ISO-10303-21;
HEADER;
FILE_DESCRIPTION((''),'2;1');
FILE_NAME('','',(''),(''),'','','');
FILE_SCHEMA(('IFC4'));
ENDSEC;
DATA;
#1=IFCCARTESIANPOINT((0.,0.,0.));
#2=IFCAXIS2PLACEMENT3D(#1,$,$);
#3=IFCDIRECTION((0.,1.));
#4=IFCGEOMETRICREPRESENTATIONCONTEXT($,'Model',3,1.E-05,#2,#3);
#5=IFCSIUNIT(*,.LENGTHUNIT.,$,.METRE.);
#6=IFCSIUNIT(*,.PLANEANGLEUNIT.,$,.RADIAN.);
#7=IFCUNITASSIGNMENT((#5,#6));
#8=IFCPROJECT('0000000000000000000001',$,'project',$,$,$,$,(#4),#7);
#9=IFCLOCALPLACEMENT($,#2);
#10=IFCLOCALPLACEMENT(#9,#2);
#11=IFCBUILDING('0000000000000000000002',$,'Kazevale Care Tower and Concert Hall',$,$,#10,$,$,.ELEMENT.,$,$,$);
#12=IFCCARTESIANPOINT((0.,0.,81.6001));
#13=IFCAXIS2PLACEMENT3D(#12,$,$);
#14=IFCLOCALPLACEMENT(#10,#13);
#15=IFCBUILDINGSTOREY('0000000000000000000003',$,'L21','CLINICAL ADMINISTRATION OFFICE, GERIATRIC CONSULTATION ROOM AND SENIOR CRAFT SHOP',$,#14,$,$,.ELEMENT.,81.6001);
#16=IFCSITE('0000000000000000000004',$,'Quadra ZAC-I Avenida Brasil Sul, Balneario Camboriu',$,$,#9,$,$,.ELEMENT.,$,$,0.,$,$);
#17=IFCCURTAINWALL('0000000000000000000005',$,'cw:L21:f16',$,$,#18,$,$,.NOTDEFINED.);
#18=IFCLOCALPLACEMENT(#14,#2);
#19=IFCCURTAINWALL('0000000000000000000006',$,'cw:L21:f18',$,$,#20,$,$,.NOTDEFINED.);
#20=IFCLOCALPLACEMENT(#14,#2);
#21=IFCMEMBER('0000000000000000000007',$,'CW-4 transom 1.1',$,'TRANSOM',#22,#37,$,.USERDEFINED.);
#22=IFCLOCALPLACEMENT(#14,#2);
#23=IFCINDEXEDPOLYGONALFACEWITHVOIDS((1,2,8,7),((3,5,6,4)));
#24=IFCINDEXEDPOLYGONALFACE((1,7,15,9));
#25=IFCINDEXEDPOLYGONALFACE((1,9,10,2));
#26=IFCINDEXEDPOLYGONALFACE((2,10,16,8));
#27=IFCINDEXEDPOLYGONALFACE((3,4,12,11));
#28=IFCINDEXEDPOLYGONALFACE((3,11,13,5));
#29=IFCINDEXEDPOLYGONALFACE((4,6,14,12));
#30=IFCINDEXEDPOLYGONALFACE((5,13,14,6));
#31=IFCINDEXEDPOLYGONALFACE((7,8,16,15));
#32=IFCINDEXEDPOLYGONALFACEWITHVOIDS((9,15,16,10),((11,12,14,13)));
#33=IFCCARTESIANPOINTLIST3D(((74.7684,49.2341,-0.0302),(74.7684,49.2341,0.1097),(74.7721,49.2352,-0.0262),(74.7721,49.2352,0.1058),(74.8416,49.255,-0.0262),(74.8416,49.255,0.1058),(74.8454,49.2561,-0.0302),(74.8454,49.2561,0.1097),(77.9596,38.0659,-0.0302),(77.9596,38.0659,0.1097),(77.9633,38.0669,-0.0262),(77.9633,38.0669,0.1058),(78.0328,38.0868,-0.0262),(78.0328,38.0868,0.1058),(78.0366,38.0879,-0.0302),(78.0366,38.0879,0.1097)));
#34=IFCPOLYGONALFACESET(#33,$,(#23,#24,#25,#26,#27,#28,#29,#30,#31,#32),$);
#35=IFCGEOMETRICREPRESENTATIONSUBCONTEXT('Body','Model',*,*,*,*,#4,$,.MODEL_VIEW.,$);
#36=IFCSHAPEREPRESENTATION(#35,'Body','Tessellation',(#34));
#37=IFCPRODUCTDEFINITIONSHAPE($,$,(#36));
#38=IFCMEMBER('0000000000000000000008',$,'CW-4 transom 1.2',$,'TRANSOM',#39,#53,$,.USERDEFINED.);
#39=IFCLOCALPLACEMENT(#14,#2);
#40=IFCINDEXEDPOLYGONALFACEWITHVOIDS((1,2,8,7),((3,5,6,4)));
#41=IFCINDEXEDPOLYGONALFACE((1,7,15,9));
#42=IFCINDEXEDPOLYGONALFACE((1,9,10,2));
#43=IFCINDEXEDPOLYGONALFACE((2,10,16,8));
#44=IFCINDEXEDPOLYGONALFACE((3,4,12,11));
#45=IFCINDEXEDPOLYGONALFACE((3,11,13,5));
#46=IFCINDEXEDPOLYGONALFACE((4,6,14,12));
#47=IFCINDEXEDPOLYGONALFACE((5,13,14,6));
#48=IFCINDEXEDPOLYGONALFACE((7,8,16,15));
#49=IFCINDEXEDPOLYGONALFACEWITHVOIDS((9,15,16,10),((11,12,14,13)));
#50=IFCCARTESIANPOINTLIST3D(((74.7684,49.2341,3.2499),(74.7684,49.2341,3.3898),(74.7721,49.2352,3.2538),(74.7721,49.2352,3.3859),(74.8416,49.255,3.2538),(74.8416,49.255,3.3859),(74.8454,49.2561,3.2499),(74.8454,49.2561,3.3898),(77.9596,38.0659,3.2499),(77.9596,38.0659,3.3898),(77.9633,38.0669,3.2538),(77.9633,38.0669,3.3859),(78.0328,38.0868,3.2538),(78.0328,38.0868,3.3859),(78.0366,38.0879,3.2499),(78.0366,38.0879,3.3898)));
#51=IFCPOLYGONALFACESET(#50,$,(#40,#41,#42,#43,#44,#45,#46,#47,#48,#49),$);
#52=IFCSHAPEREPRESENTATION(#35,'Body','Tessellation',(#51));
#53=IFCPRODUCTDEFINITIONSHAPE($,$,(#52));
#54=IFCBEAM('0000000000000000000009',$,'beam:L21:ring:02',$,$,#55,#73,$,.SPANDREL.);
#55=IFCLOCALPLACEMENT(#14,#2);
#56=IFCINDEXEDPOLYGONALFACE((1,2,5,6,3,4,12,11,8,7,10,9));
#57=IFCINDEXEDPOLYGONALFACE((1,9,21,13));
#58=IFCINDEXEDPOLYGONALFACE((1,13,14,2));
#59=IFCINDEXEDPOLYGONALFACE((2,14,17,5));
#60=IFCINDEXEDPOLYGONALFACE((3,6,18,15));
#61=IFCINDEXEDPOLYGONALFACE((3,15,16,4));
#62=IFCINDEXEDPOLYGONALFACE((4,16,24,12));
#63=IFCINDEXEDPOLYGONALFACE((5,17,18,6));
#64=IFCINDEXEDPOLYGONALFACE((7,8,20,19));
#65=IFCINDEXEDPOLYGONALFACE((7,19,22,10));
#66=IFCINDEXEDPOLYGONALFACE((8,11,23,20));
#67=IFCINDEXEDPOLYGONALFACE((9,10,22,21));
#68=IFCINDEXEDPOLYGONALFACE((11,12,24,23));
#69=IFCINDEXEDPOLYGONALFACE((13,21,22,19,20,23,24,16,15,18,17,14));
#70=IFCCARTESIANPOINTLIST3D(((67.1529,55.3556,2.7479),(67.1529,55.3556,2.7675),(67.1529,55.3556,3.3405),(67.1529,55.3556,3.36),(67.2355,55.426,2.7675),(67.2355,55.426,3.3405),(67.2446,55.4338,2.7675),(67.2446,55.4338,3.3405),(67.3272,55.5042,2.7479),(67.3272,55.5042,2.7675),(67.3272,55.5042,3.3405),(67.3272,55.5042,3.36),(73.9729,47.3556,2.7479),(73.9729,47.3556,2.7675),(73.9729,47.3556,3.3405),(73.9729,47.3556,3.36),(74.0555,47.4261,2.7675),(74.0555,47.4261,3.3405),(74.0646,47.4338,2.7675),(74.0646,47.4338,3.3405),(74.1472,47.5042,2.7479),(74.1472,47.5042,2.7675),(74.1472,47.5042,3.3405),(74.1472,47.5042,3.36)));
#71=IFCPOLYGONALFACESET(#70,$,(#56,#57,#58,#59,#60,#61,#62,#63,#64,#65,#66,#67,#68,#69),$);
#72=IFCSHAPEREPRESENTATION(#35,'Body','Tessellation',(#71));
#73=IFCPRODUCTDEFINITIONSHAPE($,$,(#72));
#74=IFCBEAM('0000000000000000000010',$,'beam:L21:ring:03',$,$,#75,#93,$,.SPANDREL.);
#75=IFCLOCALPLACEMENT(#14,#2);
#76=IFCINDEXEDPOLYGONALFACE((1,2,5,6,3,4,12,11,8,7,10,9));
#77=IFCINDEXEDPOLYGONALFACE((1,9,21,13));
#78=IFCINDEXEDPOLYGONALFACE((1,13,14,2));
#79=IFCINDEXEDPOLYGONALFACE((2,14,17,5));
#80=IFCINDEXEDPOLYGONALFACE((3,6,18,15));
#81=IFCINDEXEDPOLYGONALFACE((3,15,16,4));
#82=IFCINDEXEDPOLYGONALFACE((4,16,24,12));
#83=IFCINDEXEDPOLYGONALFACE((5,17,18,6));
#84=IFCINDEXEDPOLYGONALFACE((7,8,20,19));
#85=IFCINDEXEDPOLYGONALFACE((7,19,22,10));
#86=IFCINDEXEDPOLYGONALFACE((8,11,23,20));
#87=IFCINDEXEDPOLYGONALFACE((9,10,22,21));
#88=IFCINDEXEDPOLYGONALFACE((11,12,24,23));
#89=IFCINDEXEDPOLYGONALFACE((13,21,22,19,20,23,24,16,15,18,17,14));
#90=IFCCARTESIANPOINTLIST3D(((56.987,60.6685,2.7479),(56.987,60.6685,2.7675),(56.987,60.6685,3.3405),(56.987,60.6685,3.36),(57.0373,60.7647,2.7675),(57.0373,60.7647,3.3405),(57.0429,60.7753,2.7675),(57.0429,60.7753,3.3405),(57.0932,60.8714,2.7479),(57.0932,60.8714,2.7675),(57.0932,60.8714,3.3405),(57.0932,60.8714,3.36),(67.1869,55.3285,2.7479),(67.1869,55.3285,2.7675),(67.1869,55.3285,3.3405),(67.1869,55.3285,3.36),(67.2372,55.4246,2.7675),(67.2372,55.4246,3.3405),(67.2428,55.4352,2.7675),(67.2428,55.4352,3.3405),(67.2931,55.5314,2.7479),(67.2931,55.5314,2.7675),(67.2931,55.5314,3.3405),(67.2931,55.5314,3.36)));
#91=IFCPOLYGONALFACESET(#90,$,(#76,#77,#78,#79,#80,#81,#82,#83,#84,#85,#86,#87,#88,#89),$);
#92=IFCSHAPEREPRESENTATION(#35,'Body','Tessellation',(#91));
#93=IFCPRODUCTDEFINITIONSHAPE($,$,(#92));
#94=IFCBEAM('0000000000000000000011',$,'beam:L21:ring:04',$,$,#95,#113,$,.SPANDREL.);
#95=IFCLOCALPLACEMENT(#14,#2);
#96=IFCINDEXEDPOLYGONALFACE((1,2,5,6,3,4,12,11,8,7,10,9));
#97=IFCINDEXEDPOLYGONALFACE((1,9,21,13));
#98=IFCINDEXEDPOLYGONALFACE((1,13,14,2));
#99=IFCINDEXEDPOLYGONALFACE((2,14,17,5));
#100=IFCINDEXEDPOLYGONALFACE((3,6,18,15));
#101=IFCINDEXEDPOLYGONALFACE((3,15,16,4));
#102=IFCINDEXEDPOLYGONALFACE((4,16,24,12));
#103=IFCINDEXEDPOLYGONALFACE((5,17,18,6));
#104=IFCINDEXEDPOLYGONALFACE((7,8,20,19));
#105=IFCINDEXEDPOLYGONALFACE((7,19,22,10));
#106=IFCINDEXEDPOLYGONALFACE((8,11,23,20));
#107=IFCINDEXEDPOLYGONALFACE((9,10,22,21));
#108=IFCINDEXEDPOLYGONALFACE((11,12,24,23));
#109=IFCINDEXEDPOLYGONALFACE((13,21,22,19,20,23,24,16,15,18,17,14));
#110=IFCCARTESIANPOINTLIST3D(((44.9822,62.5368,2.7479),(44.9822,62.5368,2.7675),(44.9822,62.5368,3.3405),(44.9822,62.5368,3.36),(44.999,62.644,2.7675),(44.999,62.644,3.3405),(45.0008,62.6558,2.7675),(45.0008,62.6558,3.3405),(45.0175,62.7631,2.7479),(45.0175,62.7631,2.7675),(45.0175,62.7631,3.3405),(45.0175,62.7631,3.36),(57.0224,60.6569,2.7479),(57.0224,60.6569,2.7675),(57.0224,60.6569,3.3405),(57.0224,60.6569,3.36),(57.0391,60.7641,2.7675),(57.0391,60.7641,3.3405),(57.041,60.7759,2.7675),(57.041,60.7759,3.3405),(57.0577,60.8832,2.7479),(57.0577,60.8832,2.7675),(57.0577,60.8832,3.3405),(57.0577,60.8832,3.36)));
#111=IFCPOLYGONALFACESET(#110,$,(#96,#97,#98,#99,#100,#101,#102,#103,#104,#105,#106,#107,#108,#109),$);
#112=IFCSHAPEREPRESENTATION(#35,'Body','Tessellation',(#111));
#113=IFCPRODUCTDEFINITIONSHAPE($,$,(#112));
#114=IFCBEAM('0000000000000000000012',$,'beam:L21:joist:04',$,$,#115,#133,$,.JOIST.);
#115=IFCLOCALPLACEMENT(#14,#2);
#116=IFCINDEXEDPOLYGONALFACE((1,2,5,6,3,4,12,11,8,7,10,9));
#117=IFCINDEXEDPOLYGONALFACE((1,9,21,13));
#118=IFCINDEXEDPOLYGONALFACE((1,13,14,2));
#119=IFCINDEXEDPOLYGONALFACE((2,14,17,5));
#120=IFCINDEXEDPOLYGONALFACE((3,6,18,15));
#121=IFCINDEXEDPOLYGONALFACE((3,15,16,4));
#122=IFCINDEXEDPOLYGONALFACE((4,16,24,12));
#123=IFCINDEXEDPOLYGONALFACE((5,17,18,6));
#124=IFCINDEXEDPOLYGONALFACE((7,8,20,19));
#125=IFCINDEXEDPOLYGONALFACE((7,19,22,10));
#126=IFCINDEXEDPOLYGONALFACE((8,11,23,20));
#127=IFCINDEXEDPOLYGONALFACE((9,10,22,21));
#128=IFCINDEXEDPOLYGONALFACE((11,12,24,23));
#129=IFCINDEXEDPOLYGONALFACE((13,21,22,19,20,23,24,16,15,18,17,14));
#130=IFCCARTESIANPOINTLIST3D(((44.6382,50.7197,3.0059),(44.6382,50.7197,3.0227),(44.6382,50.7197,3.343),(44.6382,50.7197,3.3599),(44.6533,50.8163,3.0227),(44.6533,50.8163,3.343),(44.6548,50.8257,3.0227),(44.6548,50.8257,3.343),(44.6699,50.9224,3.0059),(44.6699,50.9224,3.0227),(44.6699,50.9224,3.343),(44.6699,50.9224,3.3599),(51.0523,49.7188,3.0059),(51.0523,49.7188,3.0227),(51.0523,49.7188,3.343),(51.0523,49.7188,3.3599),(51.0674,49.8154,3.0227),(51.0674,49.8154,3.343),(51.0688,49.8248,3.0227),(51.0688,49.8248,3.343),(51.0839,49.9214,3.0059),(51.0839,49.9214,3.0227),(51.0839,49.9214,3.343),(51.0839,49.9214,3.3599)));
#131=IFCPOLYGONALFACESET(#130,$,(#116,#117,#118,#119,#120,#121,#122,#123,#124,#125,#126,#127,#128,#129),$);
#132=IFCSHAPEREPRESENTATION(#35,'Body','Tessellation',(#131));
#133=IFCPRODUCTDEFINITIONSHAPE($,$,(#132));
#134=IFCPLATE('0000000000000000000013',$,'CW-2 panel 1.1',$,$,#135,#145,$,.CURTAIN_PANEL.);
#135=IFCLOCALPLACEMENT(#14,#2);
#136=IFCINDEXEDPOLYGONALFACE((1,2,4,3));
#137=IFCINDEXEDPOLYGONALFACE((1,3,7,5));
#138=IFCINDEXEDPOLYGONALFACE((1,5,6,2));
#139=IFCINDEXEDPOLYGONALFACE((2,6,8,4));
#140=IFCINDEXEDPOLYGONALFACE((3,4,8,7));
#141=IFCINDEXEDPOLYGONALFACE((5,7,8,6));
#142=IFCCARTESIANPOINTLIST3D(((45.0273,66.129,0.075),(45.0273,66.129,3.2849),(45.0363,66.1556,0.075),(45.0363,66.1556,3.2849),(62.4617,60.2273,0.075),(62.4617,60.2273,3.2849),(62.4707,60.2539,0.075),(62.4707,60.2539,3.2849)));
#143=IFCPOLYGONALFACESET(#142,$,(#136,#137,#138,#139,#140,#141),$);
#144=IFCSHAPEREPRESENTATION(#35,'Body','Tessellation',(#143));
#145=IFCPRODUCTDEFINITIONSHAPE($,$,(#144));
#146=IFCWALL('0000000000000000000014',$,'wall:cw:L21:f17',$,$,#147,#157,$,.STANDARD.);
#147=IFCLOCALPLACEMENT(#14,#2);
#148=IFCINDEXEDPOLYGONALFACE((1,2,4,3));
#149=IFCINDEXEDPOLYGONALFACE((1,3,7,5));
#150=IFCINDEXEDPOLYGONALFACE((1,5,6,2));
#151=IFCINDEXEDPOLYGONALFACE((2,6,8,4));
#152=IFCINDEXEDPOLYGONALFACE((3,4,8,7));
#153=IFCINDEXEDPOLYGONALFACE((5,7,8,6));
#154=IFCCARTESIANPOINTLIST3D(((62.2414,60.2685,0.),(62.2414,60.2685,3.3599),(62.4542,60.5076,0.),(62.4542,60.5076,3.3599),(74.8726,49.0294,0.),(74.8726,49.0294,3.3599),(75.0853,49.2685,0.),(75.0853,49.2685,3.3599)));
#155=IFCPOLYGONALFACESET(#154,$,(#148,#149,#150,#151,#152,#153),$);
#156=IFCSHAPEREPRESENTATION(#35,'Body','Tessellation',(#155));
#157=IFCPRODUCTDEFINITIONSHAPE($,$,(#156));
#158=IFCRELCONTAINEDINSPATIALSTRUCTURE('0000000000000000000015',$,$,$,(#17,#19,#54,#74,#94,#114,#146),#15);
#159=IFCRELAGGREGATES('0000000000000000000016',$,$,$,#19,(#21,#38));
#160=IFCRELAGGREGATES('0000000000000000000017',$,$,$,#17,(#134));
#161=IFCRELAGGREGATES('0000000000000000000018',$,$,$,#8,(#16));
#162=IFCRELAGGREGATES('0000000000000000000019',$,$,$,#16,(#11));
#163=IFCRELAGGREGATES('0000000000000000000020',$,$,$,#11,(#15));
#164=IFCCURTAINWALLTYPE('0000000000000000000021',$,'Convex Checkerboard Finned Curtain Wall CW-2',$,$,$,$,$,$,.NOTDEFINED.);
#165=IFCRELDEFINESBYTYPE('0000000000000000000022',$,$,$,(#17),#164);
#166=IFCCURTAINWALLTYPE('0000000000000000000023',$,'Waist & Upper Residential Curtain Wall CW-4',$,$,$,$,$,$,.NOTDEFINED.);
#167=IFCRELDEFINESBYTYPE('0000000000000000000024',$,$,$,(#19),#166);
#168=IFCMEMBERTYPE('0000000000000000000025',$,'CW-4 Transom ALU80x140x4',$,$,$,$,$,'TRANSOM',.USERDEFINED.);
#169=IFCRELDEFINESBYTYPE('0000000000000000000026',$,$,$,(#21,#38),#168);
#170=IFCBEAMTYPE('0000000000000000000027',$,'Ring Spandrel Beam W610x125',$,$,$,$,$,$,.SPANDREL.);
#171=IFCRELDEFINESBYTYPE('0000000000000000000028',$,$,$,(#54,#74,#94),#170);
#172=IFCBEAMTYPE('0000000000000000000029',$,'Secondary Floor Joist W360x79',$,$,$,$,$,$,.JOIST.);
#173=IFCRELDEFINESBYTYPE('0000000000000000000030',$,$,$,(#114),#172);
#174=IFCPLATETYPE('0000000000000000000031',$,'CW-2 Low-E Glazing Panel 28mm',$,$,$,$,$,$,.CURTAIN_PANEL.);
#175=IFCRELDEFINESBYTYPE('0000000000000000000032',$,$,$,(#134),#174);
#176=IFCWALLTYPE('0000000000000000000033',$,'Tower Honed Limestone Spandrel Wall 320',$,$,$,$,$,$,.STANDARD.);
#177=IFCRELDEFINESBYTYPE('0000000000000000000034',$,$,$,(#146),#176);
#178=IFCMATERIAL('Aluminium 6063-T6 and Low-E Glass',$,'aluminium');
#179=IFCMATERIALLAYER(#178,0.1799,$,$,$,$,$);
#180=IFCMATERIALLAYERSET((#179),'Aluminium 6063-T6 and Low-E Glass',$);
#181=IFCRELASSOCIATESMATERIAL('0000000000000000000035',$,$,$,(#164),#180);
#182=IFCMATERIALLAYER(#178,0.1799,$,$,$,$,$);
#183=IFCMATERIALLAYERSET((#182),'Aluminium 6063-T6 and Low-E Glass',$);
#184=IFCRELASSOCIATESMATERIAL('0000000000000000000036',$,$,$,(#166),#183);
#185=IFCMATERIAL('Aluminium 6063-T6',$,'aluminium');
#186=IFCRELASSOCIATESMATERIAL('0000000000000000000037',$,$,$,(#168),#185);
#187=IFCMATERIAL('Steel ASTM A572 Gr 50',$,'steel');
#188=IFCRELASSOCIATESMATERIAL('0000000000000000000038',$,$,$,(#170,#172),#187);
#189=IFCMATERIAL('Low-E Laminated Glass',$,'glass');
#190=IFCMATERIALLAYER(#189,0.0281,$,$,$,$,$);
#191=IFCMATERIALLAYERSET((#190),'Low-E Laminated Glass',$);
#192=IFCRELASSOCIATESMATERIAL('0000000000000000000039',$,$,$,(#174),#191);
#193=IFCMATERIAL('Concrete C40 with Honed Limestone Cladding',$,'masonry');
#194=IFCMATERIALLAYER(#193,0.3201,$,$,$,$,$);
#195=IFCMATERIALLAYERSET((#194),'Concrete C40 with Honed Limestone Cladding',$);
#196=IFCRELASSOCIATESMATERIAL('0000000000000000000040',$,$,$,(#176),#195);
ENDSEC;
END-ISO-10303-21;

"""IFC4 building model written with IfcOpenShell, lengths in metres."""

from ifc_helpers import new_model, si_unit, direction, frame, frame_2d, origin, origin_2d, place, context, subcontext, project, spatial, rectangle, hollow_rectangle, i_section, extrude, material, layer, layer_set, material_profile, profile_set, type_object, element, aggregate, save


model = new_model("IFC4")

# Units and contexts
model_context = context("Model", 3, precision=1e-05, world=origin(), true_north=direction((0.0, 1.0)))
body_context = subcontext(model_context, "Body", "Model", "MODEL_VIEW")
ifc_project = project(units=[si_unit("LENGTHUNIT", "METRE"), si_unit("PLANEANGLEUNIT", "RADIAN")], contexts=[model_context])

# Site, building, storey
site_placement = place(None, origin())
site = spatial("IfcSite", under=ifc_project, at=site_placement, Name="Quadra ZAC-I Avenida Brasil Sul, Balneario Camboriu", CompositionType="ELEMENT", RefElevation=0.0)
building_placement = place(site_placement, origin())
building = spatial("IfcBuilding", under=site, at=building_placement, Name="Kazevale Care Tower and Concert Hall", CompositionType="ELEMENT")
storey_placement = place(building_placement, frame((0.0, 0.0, 81.6001)))
storey = spatial("IfcBuildingStorey", under=building, at=storey_placement, Name="L21", Description="CLINICAL ADMINISTRATION OFFICE, GERIATRIC CONSULTATION ROOM AND SENIOR CRAFT SHOP", CompositionType="ELEMENT", Elevation=81.6001)

# Curtain wall
ifc_material_1 = material(Name="Aluminium 6063-T6 and Low-E Glass", Category="aluminium")
ifc_layer_1 = layer(ifc_material_1, 0.1799)
ifc_layer_set_1 = layer_set([ifc_layer_1], Name="Aluminium 6063-T6 and Low-E Glass")
curtain_wall_type_1 = type_object("IfcCurtainWallType", Name="Convex Checkerboard Finned Curtain Wall CW-2", PredefinedType="NOTDEFINED", material=ifc_layer_set_1)
curtain_wall_1_placement = place(storey_placement, origin())
curtain_wall_1 = element("IfcCurtainWall", 1, at=curtain_wall_1_placement, inside=storey, type_object=curtain_wall_type_1, Name="cw:L21:f16", PredefinedType="NOTDEFINED")
ifc_material_2 = material(Name="Aluminium 6063-T6", Category="aluminium")

# Curtain wall, members
ifc_layer_2 = layer(ifc_material_1, 0.1799)
ifc_layer_set_2 = layer_set([ifc_layer_2], Name="Aluminium 6063-T6 and Low-E Glass")
curtain_wall_type_2 = type_object("IfcCurtainWallType", Name="Waist & Upper Residential Curtain Wall CW-4", PredefinedType="NOTDEFINED", material=ifc_layer_set_2)
curtain_wall_2_placement = place(storey_placement, origin())
curtain_wall_2 = element("IfcCurtainWall", 2, at=curtain_wall_2_placement, inside=storey, type_object=curtain_wall_type_2, Name="cw:L21:f18", PredefinedType="NOTDEFINED")
ifc_material_profile_1 = material_profile(ifc_material_2, hollow_rectangle(XDim=0.0801, YDim=0.1399, WallThickness=0.0039, at=origin_2d()), Name="ALU80x140x4")
ifc_profile_set_1 = profile_set([ifc_material_profile_1], Name="Aluminium 6063-T6")
member_type_1 = type_object("IfcMemberType", Name="CW-4 Transom ALU80x140x4", ElementType="TRANSOM", PredefinedType="USERDEFINED", material=ifc_profile_set_1)
member_1_placement = place(storey_placement, frame((74.8069, 49.2451, 0.0398), z_axis=(0.274741, -0.961518, 0.0), x_axis=(0.961518, 0.274741, 0.0)))
member_1 = element("IfcMember", 3, at=member_1_placement, type_object=member_type_1, Name="CW-4 transom 1.1", ObjectType="TRANSOM", PredefinedType="USERDEFINED", context=body_context, shape_type="SweptSolid", body=[
    extrude(hollow_rectangle(XDim=0.0801, YDim=0.1399, WallThickness=0.0039, at=origin_2d()), origin(), (0.0, 0.0, 1.0), 11.6152),
])
member_2_placement = place(storey_placement, frame((74.8069, 49.2451, 3.3198), z_axis=(0.274741, -0.961518, 0.0), x_axis=(0.961518, 0.274741, 0.0)))
member_2 = element("IfcMember", 4, at=member_2_placement, type_object=member_type_1, Name="CW-4 transom 1.2", ObjectType="TRANSOM", PredefinedType="USERDEFINED", context=body_context, shape_type="SweptSolid", body=[
    extrude(hollow_rectangle(XDim=0.0801, YDim=0.1399, WallThickness=0.0039, at=origin_2d()), origin(), (0.0, 0.0, 1.0), 11.6152),
])
aggregate(curtain_wall_2, [member_1, member_2])

# Beams
ifc_material_3 = material(Name="Steel ASTM A572 Gr 50", Category="steel")
ifc_material_profile_2 = material_profile(ifc_material_3, i_section(OverallWidth=0.229, OverallDepth=0.6121, WebThickness=0.012, FlangeThickness=0.0195, at=origin_2d()), Name="W610x125")
ifc_profile_set_2 = profile_set([ifc_material_profile_2], Name="Steel ASTM A572 Gr 50")
beam_type_1 = type_object("IfcBeamType", Name="Ring Spandrel Beam W610x125", PredefinedType="SPANDREL", material=ifc_profile_set_2)
beam_1_placement = place(storey_placement, frame((74.0601, 47.4299, 3.054), z_axis=(-0.648756, 0.760996, 0.0), x_axis=(-0.760996, -0.648756, 0.0)))
element("IfcBeam", 5, at=beam_1_placement, inside=storey, type_object=beam_type_1, Name="beam:L21:ring:02", PredefinedType="SPANDREL", context=body_context, shape_type="SweptSolid", body=[
    extrude(i_section(OverallWidth=0.229, OverallDepth=0.6121, WebThickness=0.012, FlangeThickness=0.0195, at=origin_2d()), origin(), (0.0, 0.0, 1.0), 10.5125),
])
beam_2_placement = place(storey_placement, frame((67.24, 55.4299, 3.054), z_axis=(-0.885929, 0.46382, 0.0), x_axis=(-0.46382, -0.885929, 0.0)))
element("IfcBeam", 6, at=beam_2_placement, inside=storey, type_object=beam_type_1, Name="beam:L21:ring:03", PredefinedType="SPANDREL", context=body_context, shape_type="SweptSolid", body=[
    extrude(i_section(OverallWidth=0.229, OverallDepth=0.6121, WebThickness=0.012, FlangeThickness=0.0195, at=origin_2d()), origin(), (0.0, 0.0, 1.0), 11.5132),
])
beam_3_placement = place(storey_placement, frame((57.04, 60.77, 3.054), z_axis=(-0.988029, 0.154267, 0.0), x_axis=(-0.154267, -0.988029, 0.0)))
element("IfcBeam", 7, at=beam_3_placement, inside=storey, type_object=beam_type_1, Name="beam:L21:ring:04", PredefinedType="SPANDREL", context=body_context, shape_type="SweptSolid", body=[
    extrude(i_section(OverallWidth=0.229, OverallDepth=0.6121, WebThickness=0.012, FlangeThickness=0.0195, at=origin_2d()), origin(), (0.0, 0.0, 1.0), 12.186),
])
ifc_material_profile_3 = material_profile(ifc_material_3, i_section(OverallWidth=0.2051, OverallDepth=0.354, WebThickness=0.0095, FlangeThickness=0.0168, at=origin_2d()), Name="W360x79")
ifc_profile_set_3 = profile_set([ifc_material_profile_3], Name="Steel ASTM A572 Gr 50")
beam_type_2 = type_object("IfcBeamType", Name="Secondary Floor Joist W360x79", PredefinedType="JOIST", material=ifc_profile_set_3)
beam_4_placement = place(storey_placement, frame((51.0681, 49.8201, 3.1829), z_axis=(-0.988041, 0.154193, 0.0), x_axis=(-0.154193, -0.988041, 0.0)))
element("IfcBeam", 8, at=beam_4_placement, inside=storey, type_object=beam_type_2, Name="beam:L21:joist:04", PredefinedType="JOIST", context=body_context, shape_type="SweptSolid", body=[
    extrude(i_section(OverallWidth=0.2051, OverallDepth=0.354, WebThickness=0.0095, FlangeThickness=0.0168, at=origin_2d()), origin(), (0.0, 0.0, 1.0), 6.4917),
])

# Plate
ifc_material_4 = material(Name="Low-E Laminated Glass", Category="glass")
ifc_layer_3 = layer(ifc_material_4, 0.0281)
ifc_layer_set_3 = layer_set([ifc_layer_3], Name="Low-E Laminated Glass")
plate_type = type_object("IfcPlateType", Name="CW-2 Low-E Glazing Panel 28mm", PredefinedType="CURTAIN_PANEL", material=ifc_layer_set_3)
plate_placement = place(storey_placement, frame((53.749, 63.1914, 0.075), z_axis=(0.0, 0.0, 1.0), x_axis=(0.947203, -0.320636, 0.0)))
plate = element("IfcPlate", 9, at=plate_placement, type_object=plate_type, Name="CW-2 panel 1.1", PredefinedType="CURTAIN_PANEL", context=body_context, shape_type="SweptSolid", body=[
    extrude(rectangle(XDim=18.4062, YDim=0.0281, at=origin_2d()), origin(), (0.0, 0.0, 1.0), 3.21),
])
aggregate(curtain_wall_1, [plate])

# Wall
ifc_material_5 = material(Name="Concrete C40 with Honed Limestone Cladding", Category="masonry")
ifc_layer_4 = layer(ifc_material_5, 0.3201)
ifc_layer_set_4 = layer_set([ifc_layer_4], Name="Concrete C40 with Honed Limestone Cladding")
wall_type = type_object("IfcWallType", Name="Tower Honed Limestone Spandrel Wall 320", PredefinedType="STANDARD", material=ifc_layer_set_4)
wall_placement = place(storey_placement, frame((62.3479, 60.3879, 0.0), z_axis=(0.0, 0.0, 1.0), x_axis=(0.747075, -0.664739, 0.0)))
element("IfcWall", 10, at=wall_placement, inside=storey, type_object=wall_type, Name="wall:cw:L21:f17", PredefinedType="STANDARD", context=body_context, shape_type="SweptSolid", body=[
    extrude(rectangle(XDim=16.9075, YDim=0.3201, at=frame_2d((8.4536, 0.0))), origin(), (0.0, 0.0, 1.0), 3.3599),
])

save(model, "model.ifc")
